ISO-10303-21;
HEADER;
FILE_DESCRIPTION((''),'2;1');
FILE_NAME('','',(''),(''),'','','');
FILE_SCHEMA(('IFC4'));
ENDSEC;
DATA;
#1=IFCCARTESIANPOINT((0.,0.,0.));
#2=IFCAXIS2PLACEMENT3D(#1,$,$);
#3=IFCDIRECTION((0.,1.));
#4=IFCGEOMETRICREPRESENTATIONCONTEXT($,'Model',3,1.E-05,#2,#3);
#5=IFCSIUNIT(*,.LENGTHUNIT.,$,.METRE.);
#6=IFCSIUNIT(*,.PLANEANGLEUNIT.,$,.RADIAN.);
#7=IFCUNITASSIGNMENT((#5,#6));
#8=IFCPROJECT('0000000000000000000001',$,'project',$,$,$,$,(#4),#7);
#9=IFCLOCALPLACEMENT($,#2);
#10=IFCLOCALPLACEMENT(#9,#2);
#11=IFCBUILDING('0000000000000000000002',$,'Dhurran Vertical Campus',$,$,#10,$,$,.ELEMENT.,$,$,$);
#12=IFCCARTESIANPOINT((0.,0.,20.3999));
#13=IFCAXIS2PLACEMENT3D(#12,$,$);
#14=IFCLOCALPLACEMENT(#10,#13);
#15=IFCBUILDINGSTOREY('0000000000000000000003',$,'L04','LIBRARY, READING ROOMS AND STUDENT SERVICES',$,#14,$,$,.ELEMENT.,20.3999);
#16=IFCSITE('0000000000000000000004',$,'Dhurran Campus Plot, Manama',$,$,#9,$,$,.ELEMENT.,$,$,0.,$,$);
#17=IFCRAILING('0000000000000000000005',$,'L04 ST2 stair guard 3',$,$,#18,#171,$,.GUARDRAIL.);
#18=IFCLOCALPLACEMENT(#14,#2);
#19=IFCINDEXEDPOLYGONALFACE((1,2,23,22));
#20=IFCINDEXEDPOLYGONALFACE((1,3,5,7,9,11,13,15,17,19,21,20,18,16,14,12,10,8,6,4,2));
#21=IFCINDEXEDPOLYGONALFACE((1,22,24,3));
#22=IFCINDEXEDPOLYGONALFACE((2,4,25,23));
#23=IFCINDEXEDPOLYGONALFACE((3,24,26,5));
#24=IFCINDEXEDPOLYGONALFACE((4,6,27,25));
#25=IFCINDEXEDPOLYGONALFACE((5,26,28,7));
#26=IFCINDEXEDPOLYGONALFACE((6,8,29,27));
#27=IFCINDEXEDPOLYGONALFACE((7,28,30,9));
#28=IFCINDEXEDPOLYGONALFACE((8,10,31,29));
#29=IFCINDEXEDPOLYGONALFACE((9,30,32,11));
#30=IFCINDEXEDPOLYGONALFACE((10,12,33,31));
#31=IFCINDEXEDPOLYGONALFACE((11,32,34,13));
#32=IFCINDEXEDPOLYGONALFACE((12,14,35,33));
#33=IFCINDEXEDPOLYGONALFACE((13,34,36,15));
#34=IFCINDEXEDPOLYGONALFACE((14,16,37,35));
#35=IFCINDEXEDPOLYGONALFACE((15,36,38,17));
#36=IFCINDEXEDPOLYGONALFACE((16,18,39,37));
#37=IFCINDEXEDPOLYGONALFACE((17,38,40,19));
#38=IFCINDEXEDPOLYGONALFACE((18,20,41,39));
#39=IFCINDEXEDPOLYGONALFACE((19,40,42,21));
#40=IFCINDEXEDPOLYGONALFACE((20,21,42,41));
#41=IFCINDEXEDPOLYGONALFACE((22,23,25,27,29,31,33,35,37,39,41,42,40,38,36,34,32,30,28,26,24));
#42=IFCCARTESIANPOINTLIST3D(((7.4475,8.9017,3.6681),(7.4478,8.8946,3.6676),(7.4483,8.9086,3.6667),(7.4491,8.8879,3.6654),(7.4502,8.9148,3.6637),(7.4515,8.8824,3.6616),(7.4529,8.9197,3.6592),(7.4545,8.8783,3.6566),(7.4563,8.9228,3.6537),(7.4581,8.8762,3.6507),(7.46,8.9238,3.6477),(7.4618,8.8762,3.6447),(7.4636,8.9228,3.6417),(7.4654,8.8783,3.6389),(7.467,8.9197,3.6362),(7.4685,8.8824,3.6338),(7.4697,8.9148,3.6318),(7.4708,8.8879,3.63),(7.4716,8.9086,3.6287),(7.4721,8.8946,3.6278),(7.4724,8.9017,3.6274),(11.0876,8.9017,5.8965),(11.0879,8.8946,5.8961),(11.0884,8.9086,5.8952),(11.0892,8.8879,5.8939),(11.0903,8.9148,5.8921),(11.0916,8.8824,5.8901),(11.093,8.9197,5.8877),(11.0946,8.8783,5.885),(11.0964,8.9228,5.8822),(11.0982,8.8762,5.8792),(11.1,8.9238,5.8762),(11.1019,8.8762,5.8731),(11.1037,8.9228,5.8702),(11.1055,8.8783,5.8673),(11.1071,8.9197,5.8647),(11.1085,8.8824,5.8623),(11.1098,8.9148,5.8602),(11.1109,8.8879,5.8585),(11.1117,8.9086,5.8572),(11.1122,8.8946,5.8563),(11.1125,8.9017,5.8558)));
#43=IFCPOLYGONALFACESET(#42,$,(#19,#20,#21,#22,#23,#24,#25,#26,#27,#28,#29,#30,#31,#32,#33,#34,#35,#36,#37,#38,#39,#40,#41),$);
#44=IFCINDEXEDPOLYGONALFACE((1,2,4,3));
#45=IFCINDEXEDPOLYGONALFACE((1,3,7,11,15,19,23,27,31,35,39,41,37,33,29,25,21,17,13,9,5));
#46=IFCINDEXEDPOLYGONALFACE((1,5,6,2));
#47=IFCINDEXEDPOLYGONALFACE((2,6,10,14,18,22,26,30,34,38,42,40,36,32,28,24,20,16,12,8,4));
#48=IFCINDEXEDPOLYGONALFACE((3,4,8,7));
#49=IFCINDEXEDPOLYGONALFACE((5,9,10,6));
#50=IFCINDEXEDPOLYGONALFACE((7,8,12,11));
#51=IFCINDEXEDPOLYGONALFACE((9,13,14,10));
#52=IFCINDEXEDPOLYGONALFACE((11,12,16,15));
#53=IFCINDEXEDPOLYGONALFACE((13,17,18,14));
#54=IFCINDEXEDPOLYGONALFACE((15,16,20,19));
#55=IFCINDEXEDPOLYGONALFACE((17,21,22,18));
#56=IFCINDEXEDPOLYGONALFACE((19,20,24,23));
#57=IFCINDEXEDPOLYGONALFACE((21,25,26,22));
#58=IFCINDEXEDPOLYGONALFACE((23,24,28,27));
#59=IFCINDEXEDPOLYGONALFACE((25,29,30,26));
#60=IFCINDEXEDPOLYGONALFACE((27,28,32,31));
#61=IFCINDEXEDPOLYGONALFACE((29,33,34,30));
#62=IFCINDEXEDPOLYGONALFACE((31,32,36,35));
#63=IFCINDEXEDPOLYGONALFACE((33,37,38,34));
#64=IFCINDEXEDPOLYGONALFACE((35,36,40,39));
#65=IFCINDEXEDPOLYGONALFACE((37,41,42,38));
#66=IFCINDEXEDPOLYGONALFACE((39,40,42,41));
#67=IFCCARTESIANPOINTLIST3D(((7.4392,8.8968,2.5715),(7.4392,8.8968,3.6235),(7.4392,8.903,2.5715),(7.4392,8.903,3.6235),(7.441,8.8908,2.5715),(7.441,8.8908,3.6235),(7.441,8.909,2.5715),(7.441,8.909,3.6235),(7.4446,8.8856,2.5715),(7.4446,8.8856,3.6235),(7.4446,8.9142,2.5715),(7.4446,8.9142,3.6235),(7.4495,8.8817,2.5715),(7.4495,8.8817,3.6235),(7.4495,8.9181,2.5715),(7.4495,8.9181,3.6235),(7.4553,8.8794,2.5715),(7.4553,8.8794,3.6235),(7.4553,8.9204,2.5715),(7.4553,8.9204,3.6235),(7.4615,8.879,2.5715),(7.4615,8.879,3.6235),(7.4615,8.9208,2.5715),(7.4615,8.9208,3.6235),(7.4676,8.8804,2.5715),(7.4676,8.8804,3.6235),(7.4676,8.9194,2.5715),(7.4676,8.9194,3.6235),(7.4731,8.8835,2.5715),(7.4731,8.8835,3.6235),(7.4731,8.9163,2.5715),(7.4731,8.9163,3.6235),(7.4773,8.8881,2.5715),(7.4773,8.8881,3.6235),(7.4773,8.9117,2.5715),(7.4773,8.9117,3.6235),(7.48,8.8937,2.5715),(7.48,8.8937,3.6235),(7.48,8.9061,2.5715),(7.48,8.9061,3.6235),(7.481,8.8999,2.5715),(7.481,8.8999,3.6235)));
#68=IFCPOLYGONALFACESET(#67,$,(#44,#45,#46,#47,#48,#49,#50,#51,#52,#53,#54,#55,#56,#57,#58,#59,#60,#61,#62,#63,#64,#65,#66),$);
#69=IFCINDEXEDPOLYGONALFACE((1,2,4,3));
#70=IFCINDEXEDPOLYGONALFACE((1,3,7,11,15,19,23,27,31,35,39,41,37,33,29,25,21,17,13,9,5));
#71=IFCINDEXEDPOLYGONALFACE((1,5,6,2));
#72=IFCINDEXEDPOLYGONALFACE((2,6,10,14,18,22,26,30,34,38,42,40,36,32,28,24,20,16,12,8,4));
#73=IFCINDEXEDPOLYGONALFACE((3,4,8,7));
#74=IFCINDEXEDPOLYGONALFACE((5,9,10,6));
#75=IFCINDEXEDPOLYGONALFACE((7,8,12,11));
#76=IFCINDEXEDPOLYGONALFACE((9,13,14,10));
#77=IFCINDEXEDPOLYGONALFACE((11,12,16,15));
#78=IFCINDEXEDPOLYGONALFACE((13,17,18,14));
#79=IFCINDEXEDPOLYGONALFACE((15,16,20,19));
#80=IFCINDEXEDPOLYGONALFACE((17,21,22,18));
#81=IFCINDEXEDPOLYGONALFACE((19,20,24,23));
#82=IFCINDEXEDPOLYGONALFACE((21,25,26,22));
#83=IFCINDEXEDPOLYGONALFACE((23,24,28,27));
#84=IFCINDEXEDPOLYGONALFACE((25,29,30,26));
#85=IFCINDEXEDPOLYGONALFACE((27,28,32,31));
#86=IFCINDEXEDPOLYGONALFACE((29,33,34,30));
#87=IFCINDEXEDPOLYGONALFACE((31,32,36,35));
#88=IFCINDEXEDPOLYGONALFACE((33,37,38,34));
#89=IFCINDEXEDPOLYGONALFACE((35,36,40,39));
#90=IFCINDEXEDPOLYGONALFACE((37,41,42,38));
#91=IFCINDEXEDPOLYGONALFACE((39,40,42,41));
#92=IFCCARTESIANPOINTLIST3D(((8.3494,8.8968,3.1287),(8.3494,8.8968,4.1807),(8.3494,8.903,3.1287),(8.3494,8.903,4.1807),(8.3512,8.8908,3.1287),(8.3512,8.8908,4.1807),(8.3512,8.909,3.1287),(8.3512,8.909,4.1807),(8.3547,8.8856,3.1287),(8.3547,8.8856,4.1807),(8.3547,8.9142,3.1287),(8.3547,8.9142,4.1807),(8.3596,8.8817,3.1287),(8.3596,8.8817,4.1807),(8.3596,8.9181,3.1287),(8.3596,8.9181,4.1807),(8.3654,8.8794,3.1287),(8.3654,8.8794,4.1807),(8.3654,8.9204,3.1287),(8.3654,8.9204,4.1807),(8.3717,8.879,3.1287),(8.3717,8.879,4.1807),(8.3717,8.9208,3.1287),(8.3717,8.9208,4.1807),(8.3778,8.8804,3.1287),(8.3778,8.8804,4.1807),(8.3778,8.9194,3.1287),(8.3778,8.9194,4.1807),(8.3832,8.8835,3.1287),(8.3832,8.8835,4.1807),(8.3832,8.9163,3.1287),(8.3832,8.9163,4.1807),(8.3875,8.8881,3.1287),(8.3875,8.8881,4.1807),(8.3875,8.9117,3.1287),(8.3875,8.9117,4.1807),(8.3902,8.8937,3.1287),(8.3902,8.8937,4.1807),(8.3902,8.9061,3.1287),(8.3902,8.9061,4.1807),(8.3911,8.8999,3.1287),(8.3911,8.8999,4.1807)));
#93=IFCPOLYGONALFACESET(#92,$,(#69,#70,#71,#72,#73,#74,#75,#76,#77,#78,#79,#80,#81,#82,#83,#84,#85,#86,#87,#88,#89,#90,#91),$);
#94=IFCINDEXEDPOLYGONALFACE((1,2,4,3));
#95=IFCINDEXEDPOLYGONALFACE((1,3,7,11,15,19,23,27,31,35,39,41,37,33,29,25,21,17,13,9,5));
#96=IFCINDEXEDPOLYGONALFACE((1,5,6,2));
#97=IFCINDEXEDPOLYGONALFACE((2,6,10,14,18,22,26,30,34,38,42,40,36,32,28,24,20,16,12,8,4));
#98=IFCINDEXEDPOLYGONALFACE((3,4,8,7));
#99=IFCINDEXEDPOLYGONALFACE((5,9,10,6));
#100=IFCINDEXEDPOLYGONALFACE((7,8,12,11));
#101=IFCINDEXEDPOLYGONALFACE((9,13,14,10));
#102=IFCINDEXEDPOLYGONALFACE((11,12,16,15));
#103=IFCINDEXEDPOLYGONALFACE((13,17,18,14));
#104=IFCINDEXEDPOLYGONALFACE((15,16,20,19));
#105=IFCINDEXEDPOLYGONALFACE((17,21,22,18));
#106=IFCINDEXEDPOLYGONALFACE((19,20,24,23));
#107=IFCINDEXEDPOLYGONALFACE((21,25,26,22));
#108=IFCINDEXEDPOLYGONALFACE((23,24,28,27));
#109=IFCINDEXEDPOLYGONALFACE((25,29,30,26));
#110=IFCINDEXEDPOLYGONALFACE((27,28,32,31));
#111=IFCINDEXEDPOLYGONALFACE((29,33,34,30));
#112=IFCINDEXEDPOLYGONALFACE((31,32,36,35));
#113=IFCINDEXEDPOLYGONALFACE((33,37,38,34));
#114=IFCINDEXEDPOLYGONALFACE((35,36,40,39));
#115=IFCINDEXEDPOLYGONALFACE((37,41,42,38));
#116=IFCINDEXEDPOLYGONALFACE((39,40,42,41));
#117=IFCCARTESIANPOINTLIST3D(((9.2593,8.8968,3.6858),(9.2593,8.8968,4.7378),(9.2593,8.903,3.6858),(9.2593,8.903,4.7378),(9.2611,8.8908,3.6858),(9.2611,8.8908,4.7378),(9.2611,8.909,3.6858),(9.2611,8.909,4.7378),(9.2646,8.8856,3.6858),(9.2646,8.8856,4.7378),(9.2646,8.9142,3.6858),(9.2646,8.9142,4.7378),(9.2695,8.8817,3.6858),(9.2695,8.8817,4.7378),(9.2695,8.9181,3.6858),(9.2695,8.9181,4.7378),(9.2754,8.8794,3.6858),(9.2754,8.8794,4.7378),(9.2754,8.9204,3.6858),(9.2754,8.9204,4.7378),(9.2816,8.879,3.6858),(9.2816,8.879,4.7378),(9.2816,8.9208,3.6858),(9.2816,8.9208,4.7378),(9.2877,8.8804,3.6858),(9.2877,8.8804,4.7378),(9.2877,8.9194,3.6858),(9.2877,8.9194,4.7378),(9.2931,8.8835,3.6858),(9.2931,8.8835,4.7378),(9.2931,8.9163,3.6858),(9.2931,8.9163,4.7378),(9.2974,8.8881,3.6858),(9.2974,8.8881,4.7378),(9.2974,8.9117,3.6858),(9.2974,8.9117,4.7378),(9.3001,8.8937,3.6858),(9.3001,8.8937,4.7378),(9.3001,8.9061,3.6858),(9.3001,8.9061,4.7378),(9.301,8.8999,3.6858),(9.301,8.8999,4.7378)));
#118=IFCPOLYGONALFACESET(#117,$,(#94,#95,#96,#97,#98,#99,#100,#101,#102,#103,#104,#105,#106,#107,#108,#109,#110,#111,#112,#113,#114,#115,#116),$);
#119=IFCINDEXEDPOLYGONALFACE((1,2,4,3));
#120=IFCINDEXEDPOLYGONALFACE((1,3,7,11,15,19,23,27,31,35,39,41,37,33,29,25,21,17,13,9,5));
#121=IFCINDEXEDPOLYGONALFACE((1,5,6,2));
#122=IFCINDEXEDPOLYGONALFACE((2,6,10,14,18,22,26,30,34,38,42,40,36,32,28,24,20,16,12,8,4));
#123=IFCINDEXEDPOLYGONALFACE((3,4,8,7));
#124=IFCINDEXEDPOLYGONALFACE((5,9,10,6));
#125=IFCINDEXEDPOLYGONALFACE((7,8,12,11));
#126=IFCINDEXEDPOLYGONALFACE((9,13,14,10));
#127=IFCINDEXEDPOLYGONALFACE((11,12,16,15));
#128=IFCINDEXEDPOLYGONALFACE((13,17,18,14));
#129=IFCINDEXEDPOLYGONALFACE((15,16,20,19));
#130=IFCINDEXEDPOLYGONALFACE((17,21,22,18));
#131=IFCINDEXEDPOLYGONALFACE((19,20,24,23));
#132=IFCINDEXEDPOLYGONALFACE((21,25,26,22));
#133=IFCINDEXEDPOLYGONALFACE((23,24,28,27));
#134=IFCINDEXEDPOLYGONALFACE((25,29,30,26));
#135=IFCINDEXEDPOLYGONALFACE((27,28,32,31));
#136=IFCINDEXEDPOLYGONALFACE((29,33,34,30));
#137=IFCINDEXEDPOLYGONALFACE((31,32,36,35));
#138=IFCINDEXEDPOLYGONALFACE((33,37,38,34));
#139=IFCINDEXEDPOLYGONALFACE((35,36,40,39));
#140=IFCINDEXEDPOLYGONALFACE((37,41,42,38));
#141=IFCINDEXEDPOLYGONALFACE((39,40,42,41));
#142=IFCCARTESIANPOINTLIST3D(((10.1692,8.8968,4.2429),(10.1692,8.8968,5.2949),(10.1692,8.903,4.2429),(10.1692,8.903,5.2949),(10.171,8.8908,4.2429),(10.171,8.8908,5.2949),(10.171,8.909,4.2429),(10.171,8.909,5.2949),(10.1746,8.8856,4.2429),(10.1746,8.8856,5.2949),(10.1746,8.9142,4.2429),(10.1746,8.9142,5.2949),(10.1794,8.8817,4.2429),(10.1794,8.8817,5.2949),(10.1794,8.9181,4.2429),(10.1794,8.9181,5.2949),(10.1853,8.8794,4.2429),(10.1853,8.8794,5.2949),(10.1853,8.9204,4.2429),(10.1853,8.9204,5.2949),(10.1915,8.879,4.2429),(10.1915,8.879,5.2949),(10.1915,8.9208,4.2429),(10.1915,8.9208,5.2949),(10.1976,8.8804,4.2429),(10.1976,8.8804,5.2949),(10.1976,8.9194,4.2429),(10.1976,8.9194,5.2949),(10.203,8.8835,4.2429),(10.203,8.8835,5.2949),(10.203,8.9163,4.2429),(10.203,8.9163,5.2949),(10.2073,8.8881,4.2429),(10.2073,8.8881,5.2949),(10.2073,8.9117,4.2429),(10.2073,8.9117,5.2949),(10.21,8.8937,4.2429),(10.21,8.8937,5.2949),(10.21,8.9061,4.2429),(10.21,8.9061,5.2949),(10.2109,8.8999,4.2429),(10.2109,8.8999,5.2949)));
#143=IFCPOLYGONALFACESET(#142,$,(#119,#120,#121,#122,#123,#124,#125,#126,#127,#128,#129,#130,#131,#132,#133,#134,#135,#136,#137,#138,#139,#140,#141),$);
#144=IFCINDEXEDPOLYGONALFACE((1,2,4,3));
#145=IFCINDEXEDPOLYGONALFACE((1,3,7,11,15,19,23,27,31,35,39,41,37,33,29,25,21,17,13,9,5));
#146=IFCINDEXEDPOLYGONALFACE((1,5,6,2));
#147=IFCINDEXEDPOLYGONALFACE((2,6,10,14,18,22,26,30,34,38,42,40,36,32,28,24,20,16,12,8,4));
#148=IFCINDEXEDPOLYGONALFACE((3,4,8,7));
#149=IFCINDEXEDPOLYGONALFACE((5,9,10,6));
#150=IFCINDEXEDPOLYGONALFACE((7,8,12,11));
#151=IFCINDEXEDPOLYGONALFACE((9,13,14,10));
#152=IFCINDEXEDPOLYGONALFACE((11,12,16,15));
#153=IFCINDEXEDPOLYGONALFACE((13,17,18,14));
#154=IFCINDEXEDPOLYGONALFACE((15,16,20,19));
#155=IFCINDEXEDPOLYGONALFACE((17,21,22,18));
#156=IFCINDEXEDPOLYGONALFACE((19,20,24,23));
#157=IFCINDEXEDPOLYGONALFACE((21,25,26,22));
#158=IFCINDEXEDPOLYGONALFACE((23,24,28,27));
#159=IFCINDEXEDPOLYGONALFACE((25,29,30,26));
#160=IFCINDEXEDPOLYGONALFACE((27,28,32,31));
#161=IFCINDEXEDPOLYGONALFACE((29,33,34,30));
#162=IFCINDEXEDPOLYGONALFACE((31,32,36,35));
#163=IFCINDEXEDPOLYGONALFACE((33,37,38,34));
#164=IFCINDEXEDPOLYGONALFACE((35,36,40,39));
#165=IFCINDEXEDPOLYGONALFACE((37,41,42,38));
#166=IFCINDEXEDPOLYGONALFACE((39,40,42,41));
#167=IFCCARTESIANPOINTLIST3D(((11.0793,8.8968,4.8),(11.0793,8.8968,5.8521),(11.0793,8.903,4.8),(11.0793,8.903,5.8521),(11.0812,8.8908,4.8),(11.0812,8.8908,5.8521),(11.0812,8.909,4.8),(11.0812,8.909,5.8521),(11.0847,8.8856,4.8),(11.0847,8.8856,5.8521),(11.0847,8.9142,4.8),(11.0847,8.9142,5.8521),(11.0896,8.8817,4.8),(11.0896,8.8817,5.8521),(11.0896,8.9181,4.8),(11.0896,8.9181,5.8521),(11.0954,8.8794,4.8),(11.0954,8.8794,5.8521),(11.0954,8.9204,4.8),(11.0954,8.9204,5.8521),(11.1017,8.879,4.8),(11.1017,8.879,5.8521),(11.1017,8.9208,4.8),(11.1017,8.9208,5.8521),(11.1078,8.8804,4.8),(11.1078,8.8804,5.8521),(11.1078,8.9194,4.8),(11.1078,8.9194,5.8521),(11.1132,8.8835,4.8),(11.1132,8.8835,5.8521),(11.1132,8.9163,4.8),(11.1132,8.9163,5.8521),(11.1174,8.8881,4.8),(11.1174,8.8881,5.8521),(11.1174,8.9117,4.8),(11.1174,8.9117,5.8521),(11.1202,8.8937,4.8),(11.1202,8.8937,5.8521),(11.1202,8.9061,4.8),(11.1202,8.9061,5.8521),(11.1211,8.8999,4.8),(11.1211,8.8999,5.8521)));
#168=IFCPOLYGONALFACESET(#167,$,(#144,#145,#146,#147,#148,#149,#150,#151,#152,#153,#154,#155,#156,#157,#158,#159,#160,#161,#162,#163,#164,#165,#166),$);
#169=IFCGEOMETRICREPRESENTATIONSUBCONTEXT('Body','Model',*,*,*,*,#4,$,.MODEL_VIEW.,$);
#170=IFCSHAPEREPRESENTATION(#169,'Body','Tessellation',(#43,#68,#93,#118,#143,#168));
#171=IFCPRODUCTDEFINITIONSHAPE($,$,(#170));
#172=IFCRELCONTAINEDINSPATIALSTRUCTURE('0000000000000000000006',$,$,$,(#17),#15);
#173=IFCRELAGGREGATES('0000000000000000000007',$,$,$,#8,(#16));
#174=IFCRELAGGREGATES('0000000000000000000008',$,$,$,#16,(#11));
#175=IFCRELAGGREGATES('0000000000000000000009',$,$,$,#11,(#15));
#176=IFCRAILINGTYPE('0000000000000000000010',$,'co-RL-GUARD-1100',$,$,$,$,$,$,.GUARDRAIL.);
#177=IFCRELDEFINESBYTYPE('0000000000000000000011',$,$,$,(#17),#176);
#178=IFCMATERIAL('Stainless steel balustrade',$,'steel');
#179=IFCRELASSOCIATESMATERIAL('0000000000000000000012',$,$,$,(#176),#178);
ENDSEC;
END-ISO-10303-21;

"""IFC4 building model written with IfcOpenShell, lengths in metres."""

from ifc_helpers import new_model, si_unit, direction, frame, origin, origin_2d, place, context, subcontext, project, spatial, circle, extrude, material, type_object, element, save


model = new_model("IFC4")

# Units and contexts
model_context = context("Model", 3, precision=1e-05, world=origin(), true_north=direction((0.0, 1.0)))
body_context = subcontext(model_context, "Body", "Model", "MODEL_VIEW")
ifc_project = project(units=[si_unit("LENGTHUNIT", "METRE"), si_unit("PLANEANGLEUNIT", "RADIAN")], contexts=[model_context])

# Site, building, storey
site_placement = place(None, origin())
site = spatial("IfcSite", under=ifc_project, at=site_placement, Name="Dhurran Campus Plot, Manama", CompositionType="ELEMENT", RefElevation=0.0)
building_placement = place(site_placement, origin())
building = spatial("IfcBuilding", under=site, at=building_placement, Name="Dhurran Vertical Campus", CompositionType="ELEMENT")
storey_placement = place(building_placement, frame((0.0, 0.0, 20.3999)))
storey = spatial("IfcBuildingStorey", under=building, at=storey_placement, Name="L04", Description="LIBRARY, READING ROOMS AND STUDENT SERVICES", CompositionType="ELEMENT", Elevation=20.3999)

# Railing
ifc_material_1 = material(Name="Stainless steel balustrade", Category="steel")
railing_type_1 = type_object("IfcRailingType", Name="co-RL-GUARD-1100", PredefinedType="GUARDRAIL", material=ifc_material_1)
railing_1_placement = place(storey_placement, frame((7.46, 8.8999, 2.5715)))
element("IfcRailing", 1, at=railing_1_placement, inside=storey, type_object=railing_type_1, Name="L04 ST2 stair guard 3", PredefinedType="GUARDRAIL", context=body_context, shape_type="SweptSolid", body=[
    extrude(circle(Radius=0.0239, at=origin_2d()), frame((0.0, 0.0, 1.0762), z_axis=(0.852866, 0.0, 0.52213), x_axis=(0.0, 1.0, 0.0)), (0.0, 0.0, 1.0), 4.2681),
    extrude(circle(Radius=0.021, at=origin_2d()), origin(), (0.0, 0.0, 1.0), 1.052),
    extrude(circle(Radius=0.021, at=origin_2d()), frame((0.9102, 0.0, 0.5571)), (0.0, 0.0, 1.0), 1.052),
    extrude(circle(Radius=0.021, at=origin_2d()), frame((1.8201, 0.0, 1.1143)), (0.0, 0.0, 1.0), 1.052),
    extrude(circle(Radius=0.021, at=origin_2d()), frame((2.73, 0.0, 1.6714)), (0.0, 0.0, 1.0), 1.052),
    extrude(circle(Radius=0.021, at=origin_2d()), frame((3.6401, 0.0, 2.2285)), (0.0, 0.0, 1.0), 1.052),
])

save(model, "model.ifc")
